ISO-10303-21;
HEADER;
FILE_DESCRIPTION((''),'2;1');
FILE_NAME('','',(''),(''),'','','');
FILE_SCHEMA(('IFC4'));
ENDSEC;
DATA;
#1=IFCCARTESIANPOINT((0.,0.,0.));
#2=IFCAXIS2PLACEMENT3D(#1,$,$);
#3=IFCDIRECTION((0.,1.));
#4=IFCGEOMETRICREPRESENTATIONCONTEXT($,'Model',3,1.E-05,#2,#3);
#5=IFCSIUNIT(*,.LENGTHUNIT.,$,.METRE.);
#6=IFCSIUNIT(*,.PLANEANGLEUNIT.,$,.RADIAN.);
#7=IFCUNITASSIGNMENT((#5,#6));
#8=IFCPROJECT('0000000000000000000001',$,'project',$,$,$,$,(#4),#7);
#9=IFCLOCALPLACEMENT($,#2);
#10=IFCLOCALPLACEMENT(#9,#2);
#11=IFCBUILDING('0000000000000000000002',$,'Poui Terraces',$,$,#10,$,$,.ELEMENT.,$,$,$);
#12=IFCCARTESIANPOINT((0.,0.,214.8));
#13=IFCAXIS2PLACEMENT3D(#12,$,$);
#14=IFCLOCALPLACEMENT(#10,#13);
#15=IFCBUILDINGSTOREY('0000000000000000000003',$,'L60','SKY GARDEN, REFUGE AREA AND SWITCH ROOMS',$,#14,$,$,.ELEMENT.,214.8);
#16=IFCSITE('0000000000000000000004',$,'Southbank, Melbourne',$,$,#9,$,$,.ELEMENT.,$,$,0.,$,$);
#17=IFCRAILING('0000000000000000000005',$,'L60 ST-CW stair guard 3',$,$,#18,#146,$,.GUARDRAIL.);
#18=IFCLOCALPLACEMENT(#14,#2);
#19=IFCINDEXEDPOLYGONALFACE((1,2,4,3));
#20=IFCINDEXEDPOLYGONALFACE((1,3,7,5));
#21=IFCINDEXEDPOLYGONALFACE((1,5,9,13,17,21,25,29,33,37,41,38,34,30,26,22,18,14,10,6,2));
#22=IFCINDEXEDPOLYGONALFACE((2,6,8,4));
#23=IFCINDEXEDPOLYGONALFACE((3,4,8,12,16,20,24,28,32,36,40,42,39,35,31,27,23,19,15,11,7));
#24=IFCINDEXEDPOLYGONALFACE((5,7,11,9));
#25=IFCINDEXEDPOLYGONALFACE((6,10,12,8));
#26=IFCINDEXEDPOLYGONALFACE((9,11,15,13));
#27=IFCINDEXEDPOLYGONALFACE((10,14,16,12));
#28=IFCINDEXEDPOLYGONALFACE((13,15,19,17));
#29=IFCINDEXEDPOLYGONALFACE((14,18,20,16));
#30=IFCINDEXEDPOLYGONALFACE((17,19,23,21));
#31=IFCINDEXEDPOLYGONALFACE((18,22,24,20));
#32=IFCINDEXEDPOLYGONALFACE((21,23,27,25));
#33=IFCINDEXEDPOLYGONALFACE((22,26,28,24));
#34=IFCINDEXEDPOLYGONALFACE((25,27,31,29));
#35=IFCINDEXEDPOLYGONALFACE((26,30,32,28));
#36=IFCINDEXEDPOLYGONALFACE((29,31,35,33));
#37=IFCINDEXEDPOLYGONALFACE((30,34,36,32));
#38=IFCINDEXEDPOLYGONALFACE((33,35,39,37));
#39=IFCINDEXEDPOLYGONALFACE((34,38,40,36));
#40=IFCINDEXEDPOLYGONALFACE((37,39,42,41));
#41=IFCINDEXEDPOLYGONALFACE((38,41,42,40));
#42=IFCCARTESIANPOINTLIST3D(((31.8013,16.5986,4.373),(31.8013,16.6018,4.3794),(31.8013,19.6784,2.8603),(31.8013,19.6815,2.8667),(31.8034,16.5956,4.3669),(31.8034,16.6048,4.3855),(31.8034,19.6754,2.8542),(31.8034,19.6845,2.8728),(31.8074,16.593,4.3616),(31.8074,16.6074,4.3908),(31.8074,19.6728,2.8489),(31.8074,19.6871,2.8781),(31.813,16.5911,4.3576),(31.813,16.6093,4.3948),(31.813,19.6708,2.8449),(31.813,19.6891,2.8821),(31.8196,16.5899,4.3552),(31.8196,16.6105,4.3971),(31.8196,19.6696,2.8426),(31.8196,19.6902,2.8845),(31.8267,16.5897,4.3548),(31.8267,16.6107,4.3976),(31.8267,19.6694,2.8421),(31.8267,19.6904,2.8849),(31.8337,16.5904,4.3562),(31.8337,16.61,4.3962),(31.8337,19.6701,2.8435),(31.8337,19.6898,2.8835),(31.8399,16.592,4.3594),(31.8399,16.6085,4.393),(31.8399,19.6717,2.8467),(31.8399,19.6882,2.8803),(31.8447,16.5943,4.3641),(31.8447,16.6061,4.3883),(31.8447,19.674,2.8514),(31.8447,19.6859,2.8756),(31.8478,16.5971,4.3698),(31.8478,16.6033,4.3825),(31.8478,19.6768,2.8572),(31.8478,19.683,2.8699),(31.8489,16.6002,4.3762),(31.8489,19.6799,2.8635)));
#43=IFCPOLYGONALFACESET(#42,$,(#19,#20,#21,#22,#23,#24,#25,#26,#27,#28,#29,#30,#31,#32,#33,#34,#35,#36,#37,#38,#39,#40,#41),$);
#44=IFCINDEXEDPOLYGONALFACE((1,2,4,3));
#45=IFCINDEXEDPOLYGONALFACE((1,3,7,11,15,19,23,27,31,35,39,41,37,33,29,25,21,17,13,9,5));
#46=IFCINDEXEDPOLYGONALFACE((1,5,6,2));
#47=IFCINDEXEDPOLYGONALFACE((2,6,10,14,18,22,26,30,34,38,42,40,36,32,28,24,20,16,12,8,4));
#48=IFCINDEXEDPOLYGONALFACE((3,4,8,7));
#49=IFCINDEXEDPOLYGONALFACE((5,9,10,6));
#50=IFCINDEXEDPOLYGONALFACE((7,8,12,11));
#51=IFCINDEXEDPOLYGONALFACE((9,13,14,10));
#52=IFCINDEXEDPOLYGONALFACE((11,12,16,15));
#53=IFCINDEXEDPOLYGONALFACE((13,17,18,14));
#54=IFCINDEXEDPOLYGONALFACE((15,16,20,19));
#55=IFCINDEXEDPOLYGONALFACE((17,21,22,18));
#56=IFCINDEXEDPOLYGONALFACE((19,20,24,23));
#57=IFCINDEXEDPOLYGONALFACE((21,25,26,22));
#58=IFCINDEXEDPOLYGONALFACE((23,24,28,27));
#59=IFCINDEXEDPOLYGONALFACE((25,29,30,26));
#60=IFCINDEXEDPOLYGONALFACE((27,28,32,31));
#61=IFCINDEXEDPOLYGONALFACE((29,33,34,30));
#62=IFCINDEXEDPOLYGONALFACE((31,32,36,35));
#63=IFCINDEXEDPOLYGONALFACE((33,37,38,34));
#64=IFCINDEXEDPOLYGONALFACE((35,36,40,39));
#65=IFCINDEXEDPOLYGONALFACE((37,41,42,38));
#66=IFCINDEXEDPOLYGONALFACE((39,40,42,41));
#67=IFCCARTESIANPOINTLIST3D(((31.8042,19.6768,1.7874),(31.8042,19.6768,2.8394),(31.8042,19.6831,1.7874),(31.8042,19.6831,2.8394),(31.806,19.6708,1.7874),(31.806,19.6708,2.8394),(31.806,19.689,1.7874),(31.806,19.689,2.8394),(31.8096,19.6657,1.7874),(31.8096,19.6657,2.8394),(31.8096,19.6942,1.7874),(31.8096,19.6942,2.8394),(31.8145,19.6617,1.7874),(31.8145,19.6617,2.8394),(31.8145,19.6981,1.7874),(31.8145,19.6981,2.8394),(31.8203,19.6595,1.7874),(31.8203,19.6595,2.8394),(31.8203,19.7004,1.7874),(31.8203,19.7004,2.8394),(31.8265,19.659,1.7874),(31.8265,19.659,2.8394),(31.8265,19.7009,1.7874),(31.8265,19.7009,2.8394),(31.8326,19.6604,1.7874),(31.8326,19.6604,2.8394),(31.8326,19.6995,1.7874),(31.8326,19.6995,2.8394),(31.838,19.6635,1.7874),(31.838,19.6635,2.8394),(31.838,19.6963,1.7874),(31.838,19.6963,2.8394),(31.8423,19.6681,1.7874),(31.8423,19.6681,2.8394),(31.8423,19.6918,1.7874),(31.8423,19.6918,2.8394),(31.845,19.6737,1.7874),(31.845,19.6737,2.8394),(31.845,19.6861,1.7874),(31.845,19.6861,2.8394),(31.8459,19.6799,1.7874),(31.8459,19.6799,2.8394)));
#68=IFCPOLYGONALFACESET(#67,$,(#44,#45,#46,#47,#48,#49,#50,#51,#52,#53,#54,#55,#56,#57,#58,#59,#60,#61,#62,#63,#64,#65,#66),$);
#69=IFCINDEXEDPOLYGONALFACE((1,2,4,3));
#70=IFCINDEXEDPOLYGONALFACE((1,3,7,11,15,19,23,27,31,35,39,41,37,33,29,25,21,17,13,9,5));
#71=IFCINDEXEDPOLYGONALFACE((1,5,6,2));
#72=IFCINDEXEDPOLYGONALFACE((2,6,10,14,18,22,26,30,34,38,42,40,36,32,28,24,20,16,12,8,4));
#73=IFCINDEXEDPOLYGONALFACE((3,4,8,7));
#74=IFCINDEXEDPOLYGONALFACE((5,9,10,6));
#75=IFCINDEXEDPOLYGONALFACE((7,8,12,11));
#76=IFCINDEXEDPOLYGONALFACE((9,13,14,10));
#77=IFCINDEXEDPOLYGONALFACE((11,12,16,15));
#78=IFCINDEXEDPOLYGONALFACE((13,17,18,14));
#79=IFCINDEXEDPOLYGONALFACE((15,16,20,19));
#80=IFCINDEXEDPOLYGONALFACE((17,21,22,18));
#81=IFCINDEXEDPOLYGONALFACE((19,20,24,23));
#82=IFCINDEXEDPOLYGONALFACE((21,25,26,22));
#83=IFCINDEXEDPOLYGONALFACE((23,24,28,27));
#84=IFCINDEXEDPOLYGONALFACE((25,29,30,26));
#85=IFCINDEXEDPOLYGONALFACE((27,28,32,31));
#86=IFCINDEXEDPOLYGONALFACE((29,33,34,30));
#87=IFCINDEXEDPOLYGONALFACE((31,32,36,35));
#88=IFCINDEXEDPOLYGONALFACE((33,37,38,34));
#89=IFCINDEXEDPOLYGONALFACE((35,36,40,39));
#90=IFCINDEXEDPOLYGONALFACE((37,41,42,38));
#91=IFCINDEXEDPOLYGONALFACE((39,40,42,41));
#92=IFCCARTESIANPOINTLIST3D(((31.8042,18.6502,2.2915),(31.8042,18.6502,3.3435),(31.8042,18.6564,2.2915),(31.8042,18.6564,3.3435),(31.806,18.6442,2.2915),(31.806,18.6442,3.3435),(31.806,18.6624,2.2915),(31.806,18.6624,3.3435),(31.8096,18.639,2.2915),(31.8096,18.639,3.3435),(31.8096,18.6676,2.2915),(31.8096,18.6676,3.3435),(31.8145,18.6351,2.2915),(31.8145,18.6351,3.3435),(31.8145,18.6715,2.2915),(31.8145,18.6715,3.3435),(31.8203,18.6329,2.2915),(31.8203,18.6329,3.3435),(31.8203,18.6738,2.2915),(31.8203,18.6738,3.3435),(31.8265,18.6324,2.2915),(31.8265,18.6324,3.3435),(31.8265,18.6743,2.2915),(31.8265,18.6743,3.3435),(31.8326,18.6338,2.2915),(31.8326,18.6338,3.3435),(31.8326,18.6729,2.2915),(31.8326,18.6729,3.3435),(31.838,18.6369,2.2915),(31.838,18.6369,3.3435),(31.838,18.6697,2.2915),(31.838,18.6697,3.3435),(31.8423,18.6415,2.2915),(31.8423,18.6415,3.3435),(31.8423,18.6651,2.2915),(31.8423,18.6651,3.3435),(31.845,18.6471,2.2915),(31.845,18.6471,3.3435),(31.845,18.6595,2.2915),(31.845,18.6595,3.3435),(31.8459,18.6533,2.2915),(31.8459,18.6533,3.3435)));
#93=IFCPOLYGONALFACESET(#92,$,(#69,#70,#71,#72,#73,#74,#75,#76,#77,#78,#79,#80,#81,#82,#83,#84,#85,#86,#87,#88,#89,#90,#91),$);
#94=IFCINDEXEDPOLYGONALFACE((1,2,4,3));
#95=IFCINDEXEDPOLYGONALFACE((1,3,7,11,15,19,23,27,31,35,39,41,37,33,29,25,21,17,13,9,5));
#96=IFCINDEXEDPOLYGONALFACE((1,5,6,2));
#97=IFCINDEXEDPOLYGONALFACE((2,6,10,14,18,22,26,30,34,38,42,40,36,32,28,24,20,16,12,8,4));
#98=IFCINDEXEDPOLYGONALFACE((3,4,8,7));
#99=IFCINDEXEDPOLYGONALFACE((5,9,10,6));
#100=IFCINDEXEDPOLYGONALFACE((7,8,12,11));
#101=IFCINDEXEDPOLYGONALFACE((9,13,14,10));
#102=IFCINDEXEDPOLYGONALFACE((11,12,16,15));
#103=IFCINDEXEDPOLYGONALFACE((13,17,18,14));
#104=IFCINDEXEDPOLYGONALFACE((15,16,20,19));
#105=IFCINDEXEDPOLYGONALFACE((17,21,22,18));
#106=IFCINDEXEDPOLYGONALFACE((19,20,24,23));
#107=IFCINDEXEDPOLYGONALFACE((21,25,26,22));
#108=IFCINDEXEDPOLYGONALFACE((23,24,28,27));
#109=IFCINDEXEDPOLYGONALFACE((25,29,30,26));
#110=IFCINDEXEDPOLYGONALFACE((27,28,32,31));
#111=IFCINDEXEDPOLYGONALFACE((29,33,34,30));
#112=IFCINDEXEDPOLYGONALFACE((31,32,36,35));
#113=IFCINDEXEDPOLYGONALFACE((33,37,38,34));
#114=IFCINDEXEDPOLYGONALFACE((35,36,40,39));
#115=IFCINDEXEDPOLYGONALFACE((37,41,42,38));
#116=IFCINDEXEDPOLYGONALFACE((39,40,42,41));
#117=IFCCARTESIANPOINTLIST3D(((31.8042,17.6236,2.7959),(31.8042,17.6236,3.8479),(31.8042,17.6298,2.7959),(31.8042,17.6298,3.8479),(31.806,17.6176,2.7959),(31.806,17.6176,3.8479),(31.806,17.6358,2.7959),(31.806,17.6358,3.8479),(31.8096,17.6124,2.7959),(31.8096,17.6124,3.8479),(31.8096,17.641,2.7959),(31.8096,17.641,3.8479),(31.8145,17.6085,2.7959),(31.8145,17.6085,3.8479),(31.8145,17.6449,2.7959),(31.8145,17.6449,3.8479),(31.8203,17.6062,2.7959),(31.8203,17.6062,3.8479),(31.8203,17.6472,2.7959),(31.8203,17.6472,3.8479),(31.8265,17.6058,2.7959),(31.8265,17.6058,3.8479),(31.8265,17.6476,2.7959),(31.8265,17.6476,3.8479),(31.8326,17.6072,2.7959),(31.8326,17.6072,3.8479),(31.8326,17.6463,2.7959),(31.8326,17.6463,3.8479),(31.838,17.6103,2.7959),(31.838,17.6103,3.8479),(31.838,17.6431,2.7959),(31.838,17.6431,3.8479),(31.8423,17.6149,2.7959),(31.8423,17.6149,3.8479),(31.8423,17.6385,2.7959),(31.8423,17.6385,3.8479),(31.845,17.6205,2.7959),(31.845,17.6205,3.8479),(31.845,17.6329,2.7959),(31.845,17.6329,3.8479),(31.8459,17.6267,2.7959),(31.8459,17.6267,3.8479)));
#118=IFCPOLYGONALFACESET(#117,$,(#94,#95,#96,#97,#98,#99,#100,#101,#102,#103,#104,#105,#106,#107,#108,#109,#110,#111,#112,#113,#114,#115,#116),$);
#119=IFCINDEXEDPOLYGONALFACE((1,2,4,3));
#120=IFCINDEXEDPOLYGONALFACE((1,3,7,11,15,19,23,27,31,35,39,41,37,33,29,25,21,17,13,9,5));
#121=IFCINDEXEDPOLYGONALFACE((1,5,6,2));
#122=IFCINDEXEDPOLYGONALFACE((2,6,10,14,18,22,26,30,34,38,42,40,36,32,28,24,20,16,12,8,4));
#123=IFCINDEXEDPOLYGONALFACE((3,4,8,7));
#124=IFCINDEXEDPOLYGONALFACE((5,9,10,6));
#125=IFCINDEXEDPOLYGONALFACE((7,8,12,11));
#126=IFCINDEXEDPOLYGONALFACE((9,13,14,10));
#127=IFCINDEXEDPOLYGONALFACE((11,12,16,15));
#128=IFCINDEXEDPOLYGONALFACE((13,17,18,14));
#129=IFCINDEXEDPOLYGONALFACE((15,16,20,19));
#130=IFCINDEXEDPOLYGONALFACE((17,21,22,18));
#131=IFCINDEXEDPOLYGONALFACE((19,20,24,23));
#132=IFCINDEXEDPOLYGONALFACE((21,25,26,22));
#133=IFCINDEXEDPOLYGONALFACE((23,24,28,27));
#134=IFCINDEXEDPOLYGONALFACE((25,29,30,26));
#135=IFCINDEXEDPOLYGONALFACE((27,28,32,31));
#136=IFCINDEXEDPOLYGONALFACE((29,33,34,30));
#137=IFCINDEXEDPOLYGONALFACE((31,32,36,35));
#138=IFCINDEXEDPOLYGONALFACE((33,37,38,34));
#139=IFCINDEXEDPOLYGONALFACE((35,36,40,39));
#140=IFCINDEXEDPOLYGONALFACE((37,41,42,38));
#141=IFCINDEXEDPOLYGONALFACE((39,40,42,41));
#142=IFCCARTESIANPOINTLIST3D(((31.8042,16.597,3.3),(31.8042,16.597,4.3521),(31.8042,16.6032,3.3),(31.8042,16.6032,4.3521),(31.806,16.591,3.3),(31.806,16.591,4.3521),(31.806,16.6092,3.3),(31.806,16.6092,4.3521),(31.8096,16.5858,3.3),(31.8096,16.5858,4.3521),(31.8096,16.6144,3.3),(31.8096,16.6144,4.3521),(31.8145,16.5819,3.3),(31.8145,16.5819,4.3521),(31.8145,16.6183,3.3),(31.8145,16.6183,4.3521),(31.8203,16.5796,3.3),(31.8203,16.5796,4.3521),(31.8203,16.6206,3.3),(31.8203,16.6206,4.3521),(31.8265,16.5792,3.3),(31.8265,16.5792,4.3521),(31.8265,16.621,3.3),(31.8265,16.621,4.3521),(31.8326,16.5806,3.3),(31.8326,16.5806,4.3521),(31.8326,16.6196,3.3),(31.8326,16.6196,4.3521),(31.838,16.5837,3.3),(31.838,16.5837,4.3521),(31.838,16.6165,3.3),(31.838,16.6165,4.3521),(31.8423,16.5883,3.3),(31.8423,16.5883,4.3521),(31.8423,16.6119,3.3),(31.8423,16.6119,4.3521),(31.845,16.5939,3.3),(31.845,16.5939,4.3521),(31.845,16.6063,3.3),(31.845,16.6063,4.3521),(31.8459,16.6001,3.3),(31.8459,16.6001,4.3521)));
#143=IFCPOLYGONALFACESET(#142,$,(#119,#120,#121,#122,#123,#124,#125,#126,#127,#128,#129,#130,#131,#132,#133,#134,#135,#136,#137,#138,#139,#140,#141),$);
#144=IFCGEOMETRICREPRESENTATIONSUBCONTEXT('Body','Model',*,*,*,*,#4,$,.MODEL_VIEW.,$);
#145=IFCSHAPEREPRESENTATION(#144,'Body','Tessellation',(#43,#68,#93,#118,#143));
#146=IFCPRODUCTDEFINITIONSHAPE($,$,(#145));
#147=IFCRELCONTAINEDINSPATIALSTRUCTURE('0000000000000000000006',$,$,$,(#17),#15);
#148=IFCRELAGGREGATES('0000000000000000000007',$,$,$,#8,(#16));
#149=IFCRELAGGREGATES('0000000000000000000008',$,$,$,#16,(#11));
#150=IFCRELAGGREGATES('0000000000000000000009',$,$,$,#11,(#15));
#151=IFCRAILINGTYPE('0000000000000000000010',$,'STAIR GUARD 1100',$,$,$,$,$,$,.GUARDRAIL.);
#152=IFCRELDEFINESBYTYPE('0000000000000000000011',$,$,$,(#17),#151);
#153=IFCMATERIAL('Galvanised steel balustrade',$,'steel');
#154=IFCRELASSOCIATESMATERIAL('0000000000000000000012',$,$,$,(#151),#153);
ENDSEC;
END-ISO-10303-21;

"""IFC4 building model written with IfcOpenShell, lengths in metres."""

from ifc_helpers import new_model, si_unit, direction, frame, origin, origin_2d, place, context, subcontext, project, spatial, circle, extrude, material, type_object, element, save


model = new_model("IFC4")

# Units and contexts
model_context = context("Model", 3, precision=1e-05, world=origin(), true_north=direction((0.0, 1.0)))
body_context = subcontext(model_context, "Body", "Model", "MODEL_VIEW")
ifc_project = project(units=[si_unit("LENGTHUNIT", "METRE"), si_unit("PLANEANGLEUNIT", "RADIAN")], contexts=[model_context])

# Site, building, storey
site_placement = place(None, origin())
site = spatial("IfcSite", under=ifc_project, at=site_placement, Name="Southbank, Melbourne", CompositionType="ELEMENT", RefElevation=0.0)
building_placement = place(site_placement, origin())
building = spatial("IfcBuilding", under=site, at=building_placement, Name="Poui Terraces", CompositionType="ELEMENT")
storey_placement = place(building_placement, frame((0.0, 0.0, 214.8)))
storey = spatial("IfcBuildingStorey", under=building, at=storey_placement, Name="L60", Description="SKY GARDEN, REFUGE AREA AND SWITCH ROOMS", CompositionType="ELEMENT", Elevation=214.8)

# Railing
ifc_material_1 = material(Name="Galvanised steel balustrade", Category="steel")
railing_type_1 = type_object("IfcRailingType", Name="STAIR GUARD 1100", PredefinedType="GUARDRAIL", material=ifc_material_1)
railing_1_placement = place(storey_placement, frame((31.825, 19.6799, 1.7874)))
element("IfcRailing", 1, at=railing_1_placement, inside=storey, type_object=railing_type_1, Name="L60 ST-CW stair guard 3", PredefinedType="GUARDRAIL", context=body_context, shape_type="SweptSolid", body=[
    extrude(circle(Radius=0.0239, at=origin_2d()), frame((0.0, 0.0, 1.0762), z_axis=(0.0, -0.897578, 0.440856), x_axis=(1.0, 0.0, 0.0)), (0.0, 0.0, 1.0), 3.4312),
    extrude(circle(Radius=0.021, at=origin_2d()), origin(), (0.0, 0.0, 1.0), 1.052),
    extrude(circle(Radius=0.021, at=origin_2d()), frame((0.0, -1.0266, 0.5042)), (0.0, 0.0, 1.0), 1.052),
    extrude(circle(Radius=0.021, at=origin_2d()), frame((0.0, -2.0532, 1.0085)), (0.0, 0.0, 1.0), 1.052),
    extrude(circle(Radius=0.021, at=origin_2d()), frame((0.0, -3.0798, 1.5127)), (0.0, 0.0, 1.0), 1.052),
])

save(model, "model.ifc")
